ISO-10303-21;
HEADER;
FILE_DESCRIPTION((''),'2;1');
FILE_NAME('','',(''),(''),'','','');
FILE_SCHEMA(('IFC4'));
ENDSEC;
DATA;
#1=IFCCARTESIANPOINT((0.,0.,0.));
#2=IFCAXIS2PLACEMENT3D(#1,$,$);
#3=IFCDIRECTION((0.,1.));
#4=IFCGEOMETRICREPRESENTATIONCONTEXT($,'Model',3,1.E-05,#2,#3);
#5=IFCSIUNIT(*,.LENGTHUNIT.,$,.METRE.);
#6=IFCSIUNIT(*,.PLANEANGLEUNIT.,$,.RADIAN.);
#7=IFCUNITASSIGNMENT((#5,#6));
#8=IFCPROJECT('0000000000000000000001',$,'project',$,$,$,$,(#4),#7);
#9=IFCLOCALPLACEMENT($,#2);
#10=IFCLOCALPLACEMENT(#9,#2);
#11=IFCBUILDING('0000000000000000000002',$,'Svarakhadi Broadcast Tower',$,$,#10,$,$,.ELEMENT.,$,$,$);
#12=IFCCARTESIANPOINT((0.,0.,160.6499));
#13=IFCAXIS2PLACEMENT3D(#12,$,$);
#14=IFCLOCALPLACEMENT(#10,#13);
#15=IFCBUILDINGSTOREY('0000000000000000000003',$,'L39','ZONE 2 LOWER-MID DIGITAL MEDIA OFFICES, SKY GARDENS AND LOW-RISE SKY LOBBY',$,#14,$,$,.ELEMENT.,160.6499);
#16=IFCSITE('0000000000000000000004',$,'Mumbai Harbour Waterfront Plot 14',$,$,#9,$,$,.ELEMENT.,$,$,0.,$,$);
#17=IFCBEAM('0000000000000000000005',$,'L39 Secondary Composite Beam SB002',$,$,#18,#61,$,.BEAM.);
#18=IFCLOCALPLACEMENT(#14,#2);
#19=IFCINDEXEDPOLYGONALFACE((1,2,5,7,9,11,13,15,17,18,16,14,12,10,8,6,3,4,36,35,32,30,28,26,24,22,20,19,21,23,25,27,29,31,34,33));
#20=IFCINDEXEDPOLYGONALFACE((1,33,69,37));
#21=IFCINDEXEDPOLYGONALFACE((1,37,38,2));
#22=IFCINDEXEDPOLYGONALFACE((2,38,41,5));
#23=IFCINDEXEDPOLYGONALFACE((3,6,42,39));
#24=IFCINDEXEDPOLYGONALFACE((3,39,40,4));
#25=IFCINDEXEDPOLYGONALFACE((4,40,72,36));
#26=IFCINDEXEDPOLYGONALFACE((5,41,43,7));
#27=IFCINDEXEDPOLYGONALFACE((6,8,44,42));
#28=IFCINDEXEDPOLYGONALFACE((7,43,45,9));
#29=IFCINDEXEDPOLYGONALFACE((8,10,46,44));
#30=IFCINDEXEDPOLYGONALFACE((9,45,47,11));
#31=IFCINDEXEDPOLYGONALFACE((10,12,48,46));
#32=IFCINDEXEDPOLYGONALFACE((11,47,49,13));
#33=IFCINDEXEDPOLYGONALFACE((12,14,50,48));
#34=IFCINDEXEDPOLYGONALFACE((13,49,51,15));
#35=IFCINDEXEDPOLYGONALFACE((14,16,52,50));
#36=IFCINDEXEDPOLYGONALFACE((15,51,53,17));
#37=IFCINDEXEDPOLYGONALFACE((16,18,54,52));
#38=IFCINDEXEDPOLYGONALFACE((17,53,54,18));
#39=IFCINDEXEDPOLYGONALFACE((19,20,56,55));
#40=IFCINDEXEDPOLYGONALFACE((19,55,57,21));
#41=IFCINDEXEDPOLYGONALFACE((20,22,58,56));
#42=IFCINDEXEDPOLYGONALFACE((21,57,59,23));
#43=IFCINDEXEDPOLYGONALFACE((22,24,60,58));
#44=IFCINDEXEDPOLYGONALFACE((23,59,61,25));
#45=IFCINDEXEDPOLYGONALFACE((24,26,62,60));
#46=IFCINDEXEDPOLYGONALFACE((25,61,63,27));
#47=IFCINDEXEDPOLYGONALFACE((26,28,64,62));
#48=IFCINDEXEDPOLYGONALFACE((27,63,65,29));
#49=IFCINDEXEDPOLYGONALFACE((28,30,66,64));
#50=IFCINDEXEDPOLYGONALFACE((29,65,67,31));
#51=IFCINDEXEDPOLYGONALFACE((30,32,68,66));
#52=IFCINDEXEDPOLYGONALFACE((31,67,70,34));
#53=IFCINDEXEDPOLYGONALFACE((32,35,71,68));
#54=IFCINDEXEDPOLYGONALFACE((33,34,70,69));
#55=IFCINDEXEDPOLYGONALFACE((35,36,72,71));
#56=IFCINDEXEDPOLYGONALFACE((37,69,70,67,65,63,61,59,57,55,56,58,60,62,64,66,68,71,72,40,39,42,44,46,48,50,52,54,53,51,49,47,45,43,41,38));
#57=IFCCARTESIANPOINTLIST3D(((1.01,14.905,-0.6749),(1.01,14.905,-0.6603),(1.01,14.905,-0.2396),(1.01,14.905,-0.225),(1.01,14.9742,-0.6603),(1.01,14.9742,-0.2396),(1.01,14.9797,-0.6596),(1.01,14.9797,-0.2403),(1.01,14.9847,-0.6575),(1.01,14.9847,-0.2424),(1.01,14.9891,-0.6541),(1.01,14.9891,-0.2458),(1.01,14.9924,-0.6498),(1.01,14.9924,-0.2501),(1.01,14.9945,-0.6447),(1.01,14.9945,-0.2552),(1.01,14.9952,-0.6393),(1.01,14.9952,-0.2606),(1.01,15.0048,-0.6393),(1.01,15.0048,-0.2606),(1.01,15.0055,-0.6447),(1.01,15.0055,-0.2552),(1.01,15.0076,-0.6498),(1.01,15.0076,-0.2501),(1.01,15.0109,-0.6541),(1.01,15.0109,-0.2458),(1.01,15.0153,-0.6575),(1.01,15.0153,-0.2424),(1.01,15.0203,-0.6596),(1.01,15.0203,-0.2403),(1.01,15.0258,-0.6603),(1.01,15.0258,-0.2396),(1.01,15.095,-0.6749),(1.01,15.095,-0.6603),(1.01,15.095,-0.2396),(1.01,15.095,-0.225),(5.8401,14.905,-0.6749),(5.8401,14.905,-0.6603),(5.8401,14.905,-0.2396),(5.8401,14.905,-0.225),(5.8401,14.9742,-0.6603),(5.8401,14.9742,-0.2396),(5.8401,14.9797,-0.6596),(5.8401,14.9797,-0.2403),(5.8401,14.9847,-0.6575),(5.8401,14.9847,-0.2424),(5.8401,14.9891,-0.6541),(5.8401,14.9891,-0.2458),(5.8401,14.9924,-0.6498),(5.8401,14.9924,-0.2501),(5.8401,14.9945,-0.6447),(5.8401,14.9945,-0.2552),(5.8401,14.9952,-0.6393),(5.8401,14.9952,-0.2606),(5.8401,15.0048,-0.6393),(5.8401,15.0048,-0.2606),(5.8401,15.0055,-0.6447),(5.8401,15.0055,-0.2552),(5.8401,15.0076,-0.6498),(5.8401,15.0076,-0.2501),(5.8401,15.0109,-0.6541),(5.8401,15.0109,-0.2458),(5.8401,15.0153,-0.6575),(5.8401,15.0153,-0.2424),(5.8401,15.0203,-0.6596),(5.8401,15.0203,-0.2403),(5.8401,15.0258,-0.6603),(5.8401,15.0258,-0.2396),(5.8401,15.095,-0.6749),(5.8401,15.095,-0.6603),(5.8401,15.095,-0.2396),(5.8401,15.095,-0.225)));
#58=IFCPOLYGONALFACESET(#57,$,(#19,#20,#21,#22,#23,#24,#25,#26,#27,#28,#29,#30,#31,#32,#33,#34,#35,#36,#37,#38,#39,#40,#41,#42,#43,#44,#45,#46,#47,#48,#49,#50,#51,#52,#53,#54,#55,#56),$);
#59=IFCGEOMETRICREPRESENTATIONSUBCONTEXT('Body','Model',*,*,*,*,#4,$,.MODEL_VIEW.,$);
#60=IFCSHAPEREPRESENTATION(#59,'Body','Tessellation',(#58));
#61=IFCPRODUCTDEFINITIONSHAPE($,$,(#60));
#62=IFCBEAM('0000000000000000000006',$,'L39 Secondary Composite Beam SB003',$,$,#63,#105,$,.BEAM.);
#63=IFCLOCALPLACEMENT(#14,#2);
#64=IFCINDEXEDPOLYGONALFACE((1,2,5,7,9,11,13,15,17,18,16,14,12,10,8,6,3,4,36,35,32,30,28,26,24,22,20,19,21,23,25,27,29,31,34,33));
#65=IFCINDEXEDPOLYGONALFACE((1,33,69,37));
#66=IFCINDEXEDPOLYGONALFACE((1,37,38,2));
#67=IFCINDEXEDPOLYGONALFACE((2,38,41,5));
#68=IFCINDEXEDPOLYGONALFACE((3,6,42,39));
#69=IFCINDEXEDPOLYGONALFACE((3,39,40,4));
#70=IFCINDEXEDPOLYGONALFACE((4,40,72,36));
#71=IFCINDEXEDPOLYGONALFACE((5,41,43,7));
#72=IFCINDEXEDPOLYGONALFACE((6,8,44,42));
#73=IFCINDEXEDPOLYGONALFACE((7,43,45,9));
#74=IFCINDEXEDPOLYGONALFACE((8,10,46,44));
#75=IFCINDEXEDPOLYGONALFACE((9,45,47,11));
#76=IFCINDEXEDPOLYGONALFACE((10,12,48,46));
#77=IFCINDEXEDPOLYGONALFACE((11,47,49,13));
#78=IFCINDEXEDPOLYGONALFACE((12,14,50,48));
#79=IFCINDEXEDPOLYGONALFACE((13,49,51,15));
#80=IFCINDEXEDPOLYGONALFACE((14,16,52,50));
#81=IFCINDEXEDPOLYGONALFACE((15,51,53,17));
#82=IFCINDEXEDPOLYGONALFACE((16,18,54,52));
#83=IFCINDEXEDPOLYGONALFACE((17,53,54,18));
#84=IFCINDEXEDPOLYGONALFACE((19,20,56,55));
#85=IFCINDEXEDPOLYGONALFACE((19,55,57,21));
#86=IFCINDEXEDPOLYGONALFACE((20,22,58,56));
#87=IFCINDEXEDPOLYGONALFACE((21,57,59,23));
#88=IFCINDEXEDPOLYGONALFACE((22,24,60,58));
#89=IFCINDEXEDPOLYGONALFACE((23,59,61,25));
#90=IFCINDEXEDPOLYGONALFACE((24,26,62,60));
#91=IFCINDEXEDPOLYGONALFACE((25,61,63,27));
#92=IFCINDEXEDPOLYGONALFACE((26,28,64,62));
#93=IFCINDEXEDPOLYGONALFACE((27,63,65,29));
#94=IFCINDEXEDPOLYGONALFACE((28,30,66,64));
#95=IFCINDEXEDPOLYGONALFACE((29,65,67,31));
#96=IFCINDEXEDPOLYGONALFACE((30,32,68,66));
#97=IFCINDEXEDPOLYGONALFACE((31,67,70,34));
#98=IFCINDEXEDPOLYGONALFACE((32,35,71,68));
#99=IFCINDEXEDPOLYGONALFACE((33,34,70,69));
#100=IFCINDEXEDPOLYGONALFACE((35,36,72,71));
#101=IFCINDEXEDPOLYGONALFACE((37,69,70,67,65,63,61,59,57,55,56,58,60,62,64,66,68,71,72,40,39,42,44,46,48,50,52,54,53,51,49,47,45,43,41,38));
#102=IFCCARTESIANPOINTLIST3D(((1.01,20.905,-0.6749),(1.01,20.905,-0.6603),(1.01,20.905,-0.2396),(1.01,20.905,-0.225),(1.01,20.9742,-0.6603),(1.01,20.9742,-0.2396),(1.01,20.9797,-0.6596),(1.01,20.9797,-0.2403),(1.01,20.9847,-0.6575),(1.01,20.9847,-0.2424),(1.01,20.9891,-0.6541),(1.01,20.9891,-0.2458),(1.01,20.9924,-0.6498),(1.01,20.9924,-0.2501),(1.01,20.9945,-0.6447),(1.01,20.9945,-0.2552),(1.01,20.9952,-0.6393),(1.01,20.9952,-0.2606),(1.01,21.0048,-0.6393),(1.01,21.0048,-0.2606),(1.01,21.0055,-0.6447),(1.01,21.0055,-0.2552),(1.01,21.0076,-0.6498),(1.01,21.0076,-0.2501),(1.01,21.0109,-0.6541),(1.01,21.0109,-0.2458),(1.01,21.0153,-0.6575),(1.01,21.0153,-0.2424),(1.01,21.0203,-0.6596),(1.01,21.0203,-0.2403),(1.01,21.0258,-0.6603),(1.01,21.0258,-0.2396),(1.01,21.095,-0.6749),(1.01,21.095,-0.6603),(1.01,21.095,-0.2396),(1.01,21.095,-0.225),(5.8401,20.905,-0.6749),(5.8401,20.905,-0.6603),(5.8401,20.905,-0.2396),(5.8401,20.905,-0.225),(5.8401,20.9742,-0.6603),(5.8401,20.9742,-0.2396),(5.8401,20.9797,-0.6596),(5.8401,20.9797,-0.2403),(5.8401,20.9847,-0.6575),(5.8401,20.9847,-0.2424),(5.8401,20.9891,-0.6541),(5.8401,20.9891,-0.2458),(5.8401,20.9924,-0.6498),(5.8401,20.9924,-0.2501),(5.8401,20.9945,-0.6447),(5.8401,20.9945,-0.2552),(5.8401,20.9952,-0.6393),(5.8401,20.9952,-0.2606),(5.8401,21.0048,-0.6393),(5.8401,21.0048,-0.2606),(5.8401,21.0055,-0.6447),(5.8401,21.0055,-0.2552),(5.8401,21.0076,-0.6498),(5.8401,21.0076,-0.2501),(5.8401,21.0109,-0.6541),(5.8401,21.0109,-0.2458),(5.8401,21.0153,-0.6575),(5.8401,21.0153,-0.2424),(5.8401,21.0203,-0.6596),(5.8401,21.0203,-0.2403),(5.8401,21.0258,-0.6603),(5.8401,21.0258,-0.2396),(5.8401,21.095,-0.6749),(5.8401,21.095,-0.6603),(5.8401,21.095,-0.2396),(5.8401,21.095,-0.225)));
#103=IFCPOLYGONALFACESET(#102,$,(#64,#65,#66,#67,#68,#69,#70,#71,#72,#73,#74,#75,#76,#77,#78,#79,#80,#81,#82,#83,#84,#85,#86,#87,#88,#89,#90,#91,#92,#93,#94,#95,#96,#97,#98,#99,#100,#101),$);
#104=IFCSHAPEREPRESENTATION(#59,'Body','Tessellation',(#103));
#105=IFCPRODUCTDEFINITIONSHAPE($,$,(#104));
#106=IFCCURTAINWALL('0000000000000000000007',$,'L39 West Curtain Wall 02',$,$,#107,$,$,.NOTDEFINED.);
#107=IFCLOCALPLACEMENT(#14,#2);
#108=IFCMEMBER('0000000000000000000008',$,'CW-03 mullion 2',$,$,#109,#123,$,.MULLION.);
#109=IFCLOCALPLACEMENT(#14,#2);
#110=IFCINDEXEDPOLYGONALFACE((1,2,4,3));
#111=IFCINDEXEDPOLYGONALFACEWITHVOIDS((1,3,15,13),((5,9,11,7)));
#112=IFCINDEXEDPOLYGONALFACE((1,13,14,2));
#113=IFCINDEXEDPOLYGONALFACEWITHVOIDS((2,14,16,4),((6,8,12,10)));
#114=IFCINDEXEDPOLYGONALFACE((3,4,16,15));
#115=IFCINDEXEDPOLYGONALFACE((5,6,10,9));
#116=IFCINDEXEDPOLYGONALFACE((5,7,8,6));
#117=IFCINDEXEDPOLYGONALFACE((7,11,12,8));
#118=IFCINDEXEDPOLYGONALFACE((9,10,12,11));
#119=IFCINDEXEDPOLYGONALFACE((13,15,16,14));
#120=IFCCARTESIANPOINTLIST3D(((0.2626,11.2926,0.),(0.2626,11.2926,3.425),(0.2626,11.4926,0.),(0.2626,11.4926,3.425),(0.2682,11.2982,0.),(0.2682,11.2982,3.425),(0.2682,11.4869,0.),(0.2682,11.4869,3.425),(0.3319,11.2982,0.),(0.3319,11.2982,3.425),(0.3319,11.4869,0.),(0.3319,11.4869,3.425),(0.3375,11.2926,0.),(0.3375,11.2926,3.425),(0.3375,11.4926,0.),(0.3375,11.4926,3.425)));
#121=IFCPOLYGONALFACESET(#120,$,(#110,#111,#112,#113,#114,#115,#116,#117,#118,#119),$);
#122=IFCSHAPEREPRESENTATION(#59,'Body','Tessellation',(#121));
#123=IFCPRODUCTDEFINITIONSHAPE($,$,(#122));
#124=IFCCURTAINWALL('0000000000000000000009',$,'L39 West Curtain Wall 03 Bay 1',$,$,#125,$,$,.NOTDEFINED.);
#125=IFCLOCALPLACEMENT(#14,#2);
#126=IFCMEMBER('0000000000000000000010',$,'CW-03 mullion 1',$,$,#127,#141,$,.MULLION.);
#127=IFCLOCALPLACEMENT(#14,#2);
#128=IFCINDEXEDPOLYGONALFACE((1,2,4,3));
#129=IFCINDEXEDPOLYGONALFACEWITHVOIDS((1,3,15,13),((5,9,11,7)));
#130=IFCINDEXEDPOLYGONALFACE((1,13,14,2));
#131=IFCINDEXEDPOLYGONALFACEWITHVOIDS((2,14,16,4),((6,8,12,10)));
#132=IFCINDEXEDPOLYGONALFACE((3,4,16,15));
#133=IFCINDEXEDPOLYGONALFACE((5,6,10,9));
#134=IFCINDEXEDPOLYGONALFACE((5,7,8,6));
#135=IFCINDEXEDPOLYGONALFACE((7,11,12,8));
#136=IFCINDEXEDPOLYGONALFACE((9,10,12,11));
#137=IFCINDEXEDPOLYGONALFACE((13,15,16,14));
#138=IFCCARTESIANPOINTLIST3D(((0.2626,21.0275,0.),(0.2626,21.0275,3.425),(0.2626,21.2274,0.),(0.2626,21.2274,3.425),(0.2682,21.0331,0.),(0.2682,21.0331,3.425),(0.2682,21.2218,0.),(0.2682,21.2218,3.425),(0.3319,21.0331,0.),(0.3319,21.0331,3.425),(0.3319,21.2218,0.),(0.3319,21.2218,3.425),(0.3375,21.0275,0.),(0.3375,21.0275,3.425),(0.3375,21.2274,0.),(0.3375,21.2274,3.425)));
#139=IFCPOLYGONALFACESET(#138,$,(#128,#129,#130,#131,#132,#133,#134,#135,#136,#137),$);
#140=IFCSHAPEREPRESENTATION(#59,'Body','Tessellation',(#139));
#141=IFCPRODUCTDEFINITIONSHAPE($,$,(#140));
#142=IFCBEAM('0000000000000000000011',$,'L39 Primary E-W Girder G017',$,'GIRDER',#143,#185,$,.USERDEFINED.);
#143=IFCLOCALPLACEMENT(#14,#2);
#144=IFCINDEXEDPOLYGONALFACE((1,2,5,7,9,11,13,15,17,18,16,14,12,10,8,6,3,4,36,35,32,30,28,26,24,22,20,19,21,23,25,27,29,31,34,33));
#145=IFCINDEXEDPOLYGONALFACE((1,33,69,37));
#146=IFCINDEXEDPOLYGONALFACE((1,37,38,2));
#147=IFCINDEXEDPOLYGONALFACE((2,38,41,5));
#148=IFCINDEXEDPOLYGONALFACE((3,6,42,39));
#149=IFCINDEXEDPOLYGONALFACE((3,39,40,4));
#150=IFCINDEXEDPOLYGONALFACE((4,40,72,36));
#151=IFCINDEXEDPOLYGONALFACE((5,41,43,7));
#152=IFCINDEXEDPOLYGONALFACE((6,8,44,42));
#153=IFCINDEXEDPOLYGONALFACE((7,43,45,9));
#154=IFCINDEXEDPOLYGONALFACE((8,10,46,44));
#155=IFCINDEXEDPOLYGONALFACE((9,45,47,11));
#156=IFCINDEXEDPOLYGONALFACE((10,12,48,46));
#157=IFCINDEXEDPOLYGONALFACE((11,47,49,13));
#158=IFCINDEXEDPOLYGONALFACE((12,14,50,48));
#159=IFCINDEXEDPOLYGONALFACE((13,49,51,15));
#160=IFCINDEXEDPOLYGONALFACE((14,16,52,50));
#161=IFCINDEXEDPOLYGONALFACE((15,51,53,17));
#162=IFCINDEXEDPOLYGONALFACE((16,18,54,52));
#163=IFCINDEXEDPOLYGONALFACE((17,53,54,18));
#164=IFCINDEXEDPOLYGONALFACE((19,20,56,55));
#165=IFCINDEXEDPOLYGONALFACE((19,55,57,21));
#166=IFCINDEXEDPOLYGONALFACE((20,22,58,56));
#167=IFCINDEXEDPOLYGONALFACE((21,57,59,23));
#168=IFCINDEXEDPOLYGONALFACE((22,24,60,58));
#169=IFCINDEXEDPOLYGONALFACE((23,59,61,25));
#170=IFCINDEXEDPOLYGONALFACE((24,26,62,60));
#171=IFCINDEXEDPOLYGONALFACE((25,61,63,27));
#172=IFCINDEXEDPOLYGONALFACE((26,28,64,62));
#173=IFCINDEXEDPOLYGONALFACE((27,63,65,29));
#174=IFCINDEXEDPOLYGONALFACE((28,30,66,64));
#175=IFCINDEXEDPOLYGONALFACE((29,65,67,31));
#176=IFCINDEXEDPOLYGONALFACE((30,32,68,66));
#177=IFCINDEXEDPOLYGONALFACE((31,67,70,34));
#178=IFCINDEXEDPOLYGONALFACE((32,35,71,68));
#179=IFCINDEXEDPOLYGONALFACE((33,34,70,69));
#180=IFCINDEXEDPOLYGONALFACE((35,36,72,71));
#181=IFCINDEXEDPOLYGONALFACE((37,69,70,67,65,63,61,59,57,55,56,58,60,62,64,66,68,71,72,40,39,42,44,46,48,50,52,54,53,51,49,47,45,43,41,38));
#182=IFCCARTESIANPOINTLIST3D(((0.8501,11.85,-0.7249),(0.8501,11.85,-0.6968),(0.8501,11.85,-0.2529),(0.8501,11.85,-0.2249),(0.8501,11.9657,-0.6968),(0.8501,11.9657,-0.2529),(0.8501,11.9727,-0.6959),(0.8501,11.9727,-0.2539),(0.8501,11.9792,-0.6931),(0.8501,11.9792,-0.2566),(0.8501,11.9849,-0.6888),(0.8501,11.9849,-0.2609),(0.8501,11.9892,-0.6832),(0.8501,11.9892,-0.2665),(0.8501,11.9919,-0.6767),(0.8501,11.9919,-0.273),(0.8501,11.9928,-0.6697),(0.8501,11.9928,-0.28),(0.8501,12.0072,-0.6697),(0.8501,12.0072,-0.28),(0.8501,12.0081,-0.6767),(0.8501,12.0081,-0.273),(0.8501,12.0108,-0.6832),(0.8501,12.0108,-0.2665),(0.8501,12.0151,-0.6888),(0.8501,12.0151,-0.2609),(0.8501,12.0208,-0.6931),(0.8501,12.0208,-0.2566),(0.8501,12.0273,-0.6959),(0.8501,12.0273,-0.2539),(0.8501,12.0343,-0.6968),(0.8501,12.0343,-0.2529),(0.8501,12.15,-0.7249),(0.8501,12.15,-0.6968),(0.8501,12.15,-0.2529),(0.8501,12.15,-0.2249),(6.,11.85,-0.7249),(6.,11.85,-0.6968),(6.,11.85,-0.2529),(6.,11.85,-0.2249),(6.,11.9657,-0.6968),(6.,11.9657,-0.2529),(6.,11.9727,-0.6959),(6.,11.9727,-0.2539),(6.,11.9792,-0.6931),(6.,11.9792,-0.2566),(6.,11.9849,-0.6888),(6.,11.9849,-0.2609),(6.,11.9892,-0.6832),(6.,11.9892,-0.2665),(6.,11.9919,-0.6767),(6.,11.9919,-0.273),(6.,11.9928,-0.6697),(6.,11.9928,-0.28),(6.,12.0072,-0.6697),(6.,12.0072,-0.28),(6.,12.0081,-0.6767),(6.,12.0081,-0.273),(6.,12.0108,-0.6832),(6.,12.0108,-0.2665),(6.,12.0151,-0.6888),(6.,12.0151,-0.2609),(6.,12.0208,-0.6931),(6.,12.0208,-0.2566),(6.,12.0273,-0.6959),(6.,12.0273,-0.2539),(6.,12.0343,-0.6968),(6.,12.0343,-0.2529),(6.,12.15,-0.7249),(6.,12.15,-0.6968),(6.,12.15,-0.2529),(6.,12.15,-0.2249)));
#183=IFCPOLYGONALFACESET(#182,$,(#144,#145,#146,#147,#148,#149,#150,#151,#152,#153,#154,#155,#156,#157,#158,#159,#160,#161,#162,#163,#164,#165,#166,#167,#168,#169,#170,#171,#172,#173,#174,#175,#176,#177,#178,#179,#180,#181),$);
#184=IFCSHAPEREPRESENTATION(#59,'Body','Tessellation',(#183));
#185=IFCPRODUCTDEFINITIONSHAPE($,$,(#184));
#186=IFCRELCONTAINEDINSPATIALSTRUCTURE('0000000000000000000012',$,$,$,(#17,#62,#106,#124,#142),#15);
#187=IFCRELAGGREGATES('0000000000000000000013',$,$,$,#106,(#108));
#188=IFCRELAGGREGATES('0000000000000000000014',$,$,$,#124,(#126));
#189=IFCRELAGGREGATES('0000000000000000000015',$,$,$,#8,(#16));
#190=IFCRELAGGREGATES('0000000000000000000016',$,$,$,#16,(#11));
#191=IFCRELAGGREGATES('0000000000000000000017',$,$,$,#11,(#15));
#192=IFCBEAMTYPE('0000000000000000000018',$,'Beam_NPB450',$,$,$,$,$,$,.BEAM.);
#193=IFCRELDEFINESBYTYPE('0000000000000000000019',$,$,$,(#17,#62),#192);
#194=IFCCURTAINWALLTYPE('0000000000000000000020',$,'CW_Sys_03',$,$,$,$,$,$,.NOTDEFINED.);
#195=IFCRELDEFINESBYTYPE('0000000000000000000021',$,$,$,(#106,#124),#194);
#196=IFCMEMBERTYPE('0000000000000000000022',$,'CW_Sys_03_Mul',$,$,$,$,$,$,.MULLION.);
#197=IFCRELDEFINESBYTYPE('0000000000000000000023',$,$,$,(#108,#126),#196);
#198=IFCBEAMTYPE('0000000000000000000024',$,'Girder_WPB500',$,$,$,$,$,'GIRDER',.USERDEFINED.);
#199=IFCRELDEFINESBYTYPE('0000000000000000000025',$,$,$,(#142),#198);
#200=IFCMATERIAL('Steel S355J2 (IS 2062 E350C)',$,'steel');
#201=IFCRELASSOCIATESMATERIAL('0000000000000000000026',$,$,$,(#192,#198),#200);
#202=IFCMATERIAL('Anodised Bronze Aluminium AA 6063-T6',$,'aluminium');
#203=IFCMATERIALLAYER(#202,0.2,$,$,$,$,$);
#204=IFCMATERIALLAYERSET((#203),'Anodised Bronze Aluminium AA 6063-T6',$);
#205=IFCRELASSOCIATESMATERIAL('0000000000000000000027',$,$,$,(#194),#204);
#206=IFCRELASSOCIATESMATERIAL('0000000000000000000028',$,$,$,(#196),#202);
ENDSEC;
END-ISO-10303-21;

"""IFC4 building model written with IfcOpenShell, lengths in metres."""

from ifc_helpers import new_model, si_unit, direction, frame, origin, origin_2d, place, context, subcontext, project, spatial, hollow_rectangle, i_section, extrude, material, layer, layer_set, material_profile, profile_set, type_object, element, aggregate, save


model = new_model("IFC4")

# Units and contexts
model_context = context("Model", 3, precision=1e-05, world=origin(), true_north=direction((0.0, 1.0)))
body_context = subcontext(model_context, "Body", "Model", "MODEL_VIEW")
ifc_project = project(units=[si_unit("LENGTHUNIT", "METRE"), si_unit("PLANEANGLEUNIT", "RADIAN")], contexts=[model_context])

# Site, building, storey
site_placement = place(None, origin())
site = spatial("IfcSite", under=ifc_project, at=site_placement, Name="Mumbai Harbour Waterfront Plot 14", CompositionType="ELEMENT", RefElevation=0.0)
building_placement = place(site_placement, origin())
building = spatial("IfcBuilding", under=site, at=building_placement, Name="Svarakhadi Broadcast Tower", CompositionType="ELEMENT")
storey_placement = place(building_placement, frame((0.0, 0.0, 160.6499)))
storey = spatial("IfcBuildingStorey", under=building, at=storey_placement, Name="L39", Description="ZONE 2 LOWER-MID DIGITAL MEDIA OFFICES, SKY GARDENS AND LOW-RISE SKY LOBBY", CompositionType="ELEMENT", Elevation=160.6499)

# Beams
ifc_material_1 = material(Name="Steel S355J2 (IS 2062 E350C)", Category="steel")
ifc_material_profile_1 = material_profile(ifc_material_1, i_section(OverallWidth=0.1899, OverallDepth=0.45, WebThickness=0.0095, FlangeThickness=0.0146, FilletRadius=0.021, at=origin_2d()), Name="NPB 450x190x78")
ifc_profile_set_1 = profile_set([ifc_material_profile_1], Name="Steel S355J2 (IS 2062 E350C)")
beam_type_1 = type_object("IfcBeamType", Name="Beam_NPB450", PredefinedType="BEAM", material=ifc_profile_set_1)
for number, where, z_axis, x_axis, name in (
    (1, (1.01, 15.0, -0.45), (1.0, 0.0, 0.0), (0.0, 1.0, 0.0), "L39 Secondary Composite Beam SB002"),
    (2, (1.01, 21.0, -0.45), (1.0, 0.0, 0.0), (0.0, 1.0, 0.0), "L39 Secondary Composite Beam SB003"),
):
    element("IfcBeam", number, at=place(storey_placement, frame(where, z_axis=z_axis, x_axis=x_axis)), inside=storey, type_object=beam_type_1, Name=name, PredefinedType="BEAM", context=body_context, shape_type="SweptSolid", body=[
        extrude(i_section(OverallWidth=0.1899, OverallDepth=0.45, WebThickness=0.0095, FlangeThickness=0.0146, FilletRadius=0.021, at=origin_2d()), origin(), (0.0, 0.0, 1.0), 4.8301),
    ])

# Curtain walls, members
ifc_material_2 = material(Name="Anodised Bronze Aluminium AA 6063-T6", Category="aluminium")
ifc_layer_1 = layer(ifc_material_2, 0.2)
ifc_layer_set_1 = layer_set([ifc_layer_1], Name="Anodised Bronze Aluminium AA 6063-T6")
curtain_wall_type = type_object("IfcCurtainWallType", Name="CW_Sys_03", PredefinedType="NOTDEFINED", material=ifc_layer_set_1)
curtain_wall_1_placement = place(storey_placement, origin())
curtain_wall_1 = element("IfcCurtainWall", 3, at=curtain_wall_1_placement, inside=storey, type_object=curtain_wall_type, Name="L39 West Curtain Wall 02", PredefinedType="NOTDEFINED")
ifc_material_profile_2 = material_profile(ifc_material_2, hollow_rectangle(XDim=0.075, YDim=0.2, WallThickness=0.0056, at=origin_2d()), Name="ALU MULLION 200x75x6")
ifc_profile_set_2 = profile_set([ifc_material_profile_2], Name="Anodised Bronze Aluminium AA 6063-T6")
member_type = type_object("IfcMemberType", Name="CW_Sys_03_Mul", PredefinedType="MULLION", material=ifc_profile_set_2)
member_1_placement = place(storey_placement, frame((0.3, 11.3926, 0.0), z_axis=(0.0, 0.0, 1.0), x_axis=(-1.0, 0.0, 0.0)))
member_1 = element("IfcMember", 4, at=member_1_placement, type_object=member_type, Name="CW-03 mullion 2", PredefinedType="MULLION", context=body_context, shape_type="SweptSolid", body=[
    extrude(hollow_rectangle(XDim=0.075, YDim=0.2, WallThickness=0.0056, at=origin_2d()), origin(), (0.0, 0.0, 1.0), 3.425),
])
aggregate(curtain_wall_1, [member_1])
curtain_wall_2_placement = place(storey_placement, origin())
curtain_wall_2 = element("IfcCurtainWall", 5, at=curtain_wall_2_placement, inside=storey, type_object=curtain_wall_type, Name="L39 West Curtain Wall 03 Bay 1", PredefinedType="NOTDEFINED")
member_2_placement = place(storey_placement, frame((0.3, 21.1274, 0.0), z_axis=(0.0, 0.0, 1.0), x_axis=(-1.0, 0.0, 0.0)))
member_2 = element("IfcMember", 6, at=member_2_placement, type_object=member_type, Name="CW-03 mullion 1", PredefinedType="MULLION", context=body_context, shape_type="SweptSolid", body=[
    extrude(hollow_rectangle(XDim=0.075, YDim=0.2, WallThickness=0.0056, at=origin_2d()), origin(), (0.0, 0.0, 1.0), 3.425),
])
aggregate(curtain_wall_2, [member_2])

# Beam
ifc_material_profile_3 = material_profile(ifc_material_1, i_section(OverallWidth=0.3, OverallDepth=0.5, WebThickness=0.0144, FlangeThickness=0.0281, FilletRadius=0.0271, at=origin_2d()), Name="WPB 500x300x187")
ifc_profile_set_3 = profile_set([ifc_material_profile_3], Name="Steel S355J2 (IS 2062 E350C)")
beam_type_2 = type_object("IfcBeamType", Name="Girder_WPB500", ElementType="GIRDER", PredefinedType="USERDEFINED", material=ifc_profile_set_3)
beam_1_placement = place(storey_placement, frame((0.8501, 12.0, -0.4749), z_axis=(1.0, 0.0, 0.0), x_axis=(0.0, 1.0, 0.0)))
element("IfcBeam", 7, at=beam_1_placement, inside=storey, type_object=beam_type_2, Name="L39 Primary E-W Girder G017", ObjectType="GIRDER", PredefinedType="USERDEFINED", context=body_context, shape_type="SweptSolid", body=[
    extrude(i_section(OverallWidth=0.3, OverallDepth=0.5, WebThickness=0.0144, FlangeThickness=0.0281, FilletRadius=0.0271, at=origin_2d()), origin(), (0.0, 0.0, 1.0), 5.1499),
])

save(model, "model.ifc")
